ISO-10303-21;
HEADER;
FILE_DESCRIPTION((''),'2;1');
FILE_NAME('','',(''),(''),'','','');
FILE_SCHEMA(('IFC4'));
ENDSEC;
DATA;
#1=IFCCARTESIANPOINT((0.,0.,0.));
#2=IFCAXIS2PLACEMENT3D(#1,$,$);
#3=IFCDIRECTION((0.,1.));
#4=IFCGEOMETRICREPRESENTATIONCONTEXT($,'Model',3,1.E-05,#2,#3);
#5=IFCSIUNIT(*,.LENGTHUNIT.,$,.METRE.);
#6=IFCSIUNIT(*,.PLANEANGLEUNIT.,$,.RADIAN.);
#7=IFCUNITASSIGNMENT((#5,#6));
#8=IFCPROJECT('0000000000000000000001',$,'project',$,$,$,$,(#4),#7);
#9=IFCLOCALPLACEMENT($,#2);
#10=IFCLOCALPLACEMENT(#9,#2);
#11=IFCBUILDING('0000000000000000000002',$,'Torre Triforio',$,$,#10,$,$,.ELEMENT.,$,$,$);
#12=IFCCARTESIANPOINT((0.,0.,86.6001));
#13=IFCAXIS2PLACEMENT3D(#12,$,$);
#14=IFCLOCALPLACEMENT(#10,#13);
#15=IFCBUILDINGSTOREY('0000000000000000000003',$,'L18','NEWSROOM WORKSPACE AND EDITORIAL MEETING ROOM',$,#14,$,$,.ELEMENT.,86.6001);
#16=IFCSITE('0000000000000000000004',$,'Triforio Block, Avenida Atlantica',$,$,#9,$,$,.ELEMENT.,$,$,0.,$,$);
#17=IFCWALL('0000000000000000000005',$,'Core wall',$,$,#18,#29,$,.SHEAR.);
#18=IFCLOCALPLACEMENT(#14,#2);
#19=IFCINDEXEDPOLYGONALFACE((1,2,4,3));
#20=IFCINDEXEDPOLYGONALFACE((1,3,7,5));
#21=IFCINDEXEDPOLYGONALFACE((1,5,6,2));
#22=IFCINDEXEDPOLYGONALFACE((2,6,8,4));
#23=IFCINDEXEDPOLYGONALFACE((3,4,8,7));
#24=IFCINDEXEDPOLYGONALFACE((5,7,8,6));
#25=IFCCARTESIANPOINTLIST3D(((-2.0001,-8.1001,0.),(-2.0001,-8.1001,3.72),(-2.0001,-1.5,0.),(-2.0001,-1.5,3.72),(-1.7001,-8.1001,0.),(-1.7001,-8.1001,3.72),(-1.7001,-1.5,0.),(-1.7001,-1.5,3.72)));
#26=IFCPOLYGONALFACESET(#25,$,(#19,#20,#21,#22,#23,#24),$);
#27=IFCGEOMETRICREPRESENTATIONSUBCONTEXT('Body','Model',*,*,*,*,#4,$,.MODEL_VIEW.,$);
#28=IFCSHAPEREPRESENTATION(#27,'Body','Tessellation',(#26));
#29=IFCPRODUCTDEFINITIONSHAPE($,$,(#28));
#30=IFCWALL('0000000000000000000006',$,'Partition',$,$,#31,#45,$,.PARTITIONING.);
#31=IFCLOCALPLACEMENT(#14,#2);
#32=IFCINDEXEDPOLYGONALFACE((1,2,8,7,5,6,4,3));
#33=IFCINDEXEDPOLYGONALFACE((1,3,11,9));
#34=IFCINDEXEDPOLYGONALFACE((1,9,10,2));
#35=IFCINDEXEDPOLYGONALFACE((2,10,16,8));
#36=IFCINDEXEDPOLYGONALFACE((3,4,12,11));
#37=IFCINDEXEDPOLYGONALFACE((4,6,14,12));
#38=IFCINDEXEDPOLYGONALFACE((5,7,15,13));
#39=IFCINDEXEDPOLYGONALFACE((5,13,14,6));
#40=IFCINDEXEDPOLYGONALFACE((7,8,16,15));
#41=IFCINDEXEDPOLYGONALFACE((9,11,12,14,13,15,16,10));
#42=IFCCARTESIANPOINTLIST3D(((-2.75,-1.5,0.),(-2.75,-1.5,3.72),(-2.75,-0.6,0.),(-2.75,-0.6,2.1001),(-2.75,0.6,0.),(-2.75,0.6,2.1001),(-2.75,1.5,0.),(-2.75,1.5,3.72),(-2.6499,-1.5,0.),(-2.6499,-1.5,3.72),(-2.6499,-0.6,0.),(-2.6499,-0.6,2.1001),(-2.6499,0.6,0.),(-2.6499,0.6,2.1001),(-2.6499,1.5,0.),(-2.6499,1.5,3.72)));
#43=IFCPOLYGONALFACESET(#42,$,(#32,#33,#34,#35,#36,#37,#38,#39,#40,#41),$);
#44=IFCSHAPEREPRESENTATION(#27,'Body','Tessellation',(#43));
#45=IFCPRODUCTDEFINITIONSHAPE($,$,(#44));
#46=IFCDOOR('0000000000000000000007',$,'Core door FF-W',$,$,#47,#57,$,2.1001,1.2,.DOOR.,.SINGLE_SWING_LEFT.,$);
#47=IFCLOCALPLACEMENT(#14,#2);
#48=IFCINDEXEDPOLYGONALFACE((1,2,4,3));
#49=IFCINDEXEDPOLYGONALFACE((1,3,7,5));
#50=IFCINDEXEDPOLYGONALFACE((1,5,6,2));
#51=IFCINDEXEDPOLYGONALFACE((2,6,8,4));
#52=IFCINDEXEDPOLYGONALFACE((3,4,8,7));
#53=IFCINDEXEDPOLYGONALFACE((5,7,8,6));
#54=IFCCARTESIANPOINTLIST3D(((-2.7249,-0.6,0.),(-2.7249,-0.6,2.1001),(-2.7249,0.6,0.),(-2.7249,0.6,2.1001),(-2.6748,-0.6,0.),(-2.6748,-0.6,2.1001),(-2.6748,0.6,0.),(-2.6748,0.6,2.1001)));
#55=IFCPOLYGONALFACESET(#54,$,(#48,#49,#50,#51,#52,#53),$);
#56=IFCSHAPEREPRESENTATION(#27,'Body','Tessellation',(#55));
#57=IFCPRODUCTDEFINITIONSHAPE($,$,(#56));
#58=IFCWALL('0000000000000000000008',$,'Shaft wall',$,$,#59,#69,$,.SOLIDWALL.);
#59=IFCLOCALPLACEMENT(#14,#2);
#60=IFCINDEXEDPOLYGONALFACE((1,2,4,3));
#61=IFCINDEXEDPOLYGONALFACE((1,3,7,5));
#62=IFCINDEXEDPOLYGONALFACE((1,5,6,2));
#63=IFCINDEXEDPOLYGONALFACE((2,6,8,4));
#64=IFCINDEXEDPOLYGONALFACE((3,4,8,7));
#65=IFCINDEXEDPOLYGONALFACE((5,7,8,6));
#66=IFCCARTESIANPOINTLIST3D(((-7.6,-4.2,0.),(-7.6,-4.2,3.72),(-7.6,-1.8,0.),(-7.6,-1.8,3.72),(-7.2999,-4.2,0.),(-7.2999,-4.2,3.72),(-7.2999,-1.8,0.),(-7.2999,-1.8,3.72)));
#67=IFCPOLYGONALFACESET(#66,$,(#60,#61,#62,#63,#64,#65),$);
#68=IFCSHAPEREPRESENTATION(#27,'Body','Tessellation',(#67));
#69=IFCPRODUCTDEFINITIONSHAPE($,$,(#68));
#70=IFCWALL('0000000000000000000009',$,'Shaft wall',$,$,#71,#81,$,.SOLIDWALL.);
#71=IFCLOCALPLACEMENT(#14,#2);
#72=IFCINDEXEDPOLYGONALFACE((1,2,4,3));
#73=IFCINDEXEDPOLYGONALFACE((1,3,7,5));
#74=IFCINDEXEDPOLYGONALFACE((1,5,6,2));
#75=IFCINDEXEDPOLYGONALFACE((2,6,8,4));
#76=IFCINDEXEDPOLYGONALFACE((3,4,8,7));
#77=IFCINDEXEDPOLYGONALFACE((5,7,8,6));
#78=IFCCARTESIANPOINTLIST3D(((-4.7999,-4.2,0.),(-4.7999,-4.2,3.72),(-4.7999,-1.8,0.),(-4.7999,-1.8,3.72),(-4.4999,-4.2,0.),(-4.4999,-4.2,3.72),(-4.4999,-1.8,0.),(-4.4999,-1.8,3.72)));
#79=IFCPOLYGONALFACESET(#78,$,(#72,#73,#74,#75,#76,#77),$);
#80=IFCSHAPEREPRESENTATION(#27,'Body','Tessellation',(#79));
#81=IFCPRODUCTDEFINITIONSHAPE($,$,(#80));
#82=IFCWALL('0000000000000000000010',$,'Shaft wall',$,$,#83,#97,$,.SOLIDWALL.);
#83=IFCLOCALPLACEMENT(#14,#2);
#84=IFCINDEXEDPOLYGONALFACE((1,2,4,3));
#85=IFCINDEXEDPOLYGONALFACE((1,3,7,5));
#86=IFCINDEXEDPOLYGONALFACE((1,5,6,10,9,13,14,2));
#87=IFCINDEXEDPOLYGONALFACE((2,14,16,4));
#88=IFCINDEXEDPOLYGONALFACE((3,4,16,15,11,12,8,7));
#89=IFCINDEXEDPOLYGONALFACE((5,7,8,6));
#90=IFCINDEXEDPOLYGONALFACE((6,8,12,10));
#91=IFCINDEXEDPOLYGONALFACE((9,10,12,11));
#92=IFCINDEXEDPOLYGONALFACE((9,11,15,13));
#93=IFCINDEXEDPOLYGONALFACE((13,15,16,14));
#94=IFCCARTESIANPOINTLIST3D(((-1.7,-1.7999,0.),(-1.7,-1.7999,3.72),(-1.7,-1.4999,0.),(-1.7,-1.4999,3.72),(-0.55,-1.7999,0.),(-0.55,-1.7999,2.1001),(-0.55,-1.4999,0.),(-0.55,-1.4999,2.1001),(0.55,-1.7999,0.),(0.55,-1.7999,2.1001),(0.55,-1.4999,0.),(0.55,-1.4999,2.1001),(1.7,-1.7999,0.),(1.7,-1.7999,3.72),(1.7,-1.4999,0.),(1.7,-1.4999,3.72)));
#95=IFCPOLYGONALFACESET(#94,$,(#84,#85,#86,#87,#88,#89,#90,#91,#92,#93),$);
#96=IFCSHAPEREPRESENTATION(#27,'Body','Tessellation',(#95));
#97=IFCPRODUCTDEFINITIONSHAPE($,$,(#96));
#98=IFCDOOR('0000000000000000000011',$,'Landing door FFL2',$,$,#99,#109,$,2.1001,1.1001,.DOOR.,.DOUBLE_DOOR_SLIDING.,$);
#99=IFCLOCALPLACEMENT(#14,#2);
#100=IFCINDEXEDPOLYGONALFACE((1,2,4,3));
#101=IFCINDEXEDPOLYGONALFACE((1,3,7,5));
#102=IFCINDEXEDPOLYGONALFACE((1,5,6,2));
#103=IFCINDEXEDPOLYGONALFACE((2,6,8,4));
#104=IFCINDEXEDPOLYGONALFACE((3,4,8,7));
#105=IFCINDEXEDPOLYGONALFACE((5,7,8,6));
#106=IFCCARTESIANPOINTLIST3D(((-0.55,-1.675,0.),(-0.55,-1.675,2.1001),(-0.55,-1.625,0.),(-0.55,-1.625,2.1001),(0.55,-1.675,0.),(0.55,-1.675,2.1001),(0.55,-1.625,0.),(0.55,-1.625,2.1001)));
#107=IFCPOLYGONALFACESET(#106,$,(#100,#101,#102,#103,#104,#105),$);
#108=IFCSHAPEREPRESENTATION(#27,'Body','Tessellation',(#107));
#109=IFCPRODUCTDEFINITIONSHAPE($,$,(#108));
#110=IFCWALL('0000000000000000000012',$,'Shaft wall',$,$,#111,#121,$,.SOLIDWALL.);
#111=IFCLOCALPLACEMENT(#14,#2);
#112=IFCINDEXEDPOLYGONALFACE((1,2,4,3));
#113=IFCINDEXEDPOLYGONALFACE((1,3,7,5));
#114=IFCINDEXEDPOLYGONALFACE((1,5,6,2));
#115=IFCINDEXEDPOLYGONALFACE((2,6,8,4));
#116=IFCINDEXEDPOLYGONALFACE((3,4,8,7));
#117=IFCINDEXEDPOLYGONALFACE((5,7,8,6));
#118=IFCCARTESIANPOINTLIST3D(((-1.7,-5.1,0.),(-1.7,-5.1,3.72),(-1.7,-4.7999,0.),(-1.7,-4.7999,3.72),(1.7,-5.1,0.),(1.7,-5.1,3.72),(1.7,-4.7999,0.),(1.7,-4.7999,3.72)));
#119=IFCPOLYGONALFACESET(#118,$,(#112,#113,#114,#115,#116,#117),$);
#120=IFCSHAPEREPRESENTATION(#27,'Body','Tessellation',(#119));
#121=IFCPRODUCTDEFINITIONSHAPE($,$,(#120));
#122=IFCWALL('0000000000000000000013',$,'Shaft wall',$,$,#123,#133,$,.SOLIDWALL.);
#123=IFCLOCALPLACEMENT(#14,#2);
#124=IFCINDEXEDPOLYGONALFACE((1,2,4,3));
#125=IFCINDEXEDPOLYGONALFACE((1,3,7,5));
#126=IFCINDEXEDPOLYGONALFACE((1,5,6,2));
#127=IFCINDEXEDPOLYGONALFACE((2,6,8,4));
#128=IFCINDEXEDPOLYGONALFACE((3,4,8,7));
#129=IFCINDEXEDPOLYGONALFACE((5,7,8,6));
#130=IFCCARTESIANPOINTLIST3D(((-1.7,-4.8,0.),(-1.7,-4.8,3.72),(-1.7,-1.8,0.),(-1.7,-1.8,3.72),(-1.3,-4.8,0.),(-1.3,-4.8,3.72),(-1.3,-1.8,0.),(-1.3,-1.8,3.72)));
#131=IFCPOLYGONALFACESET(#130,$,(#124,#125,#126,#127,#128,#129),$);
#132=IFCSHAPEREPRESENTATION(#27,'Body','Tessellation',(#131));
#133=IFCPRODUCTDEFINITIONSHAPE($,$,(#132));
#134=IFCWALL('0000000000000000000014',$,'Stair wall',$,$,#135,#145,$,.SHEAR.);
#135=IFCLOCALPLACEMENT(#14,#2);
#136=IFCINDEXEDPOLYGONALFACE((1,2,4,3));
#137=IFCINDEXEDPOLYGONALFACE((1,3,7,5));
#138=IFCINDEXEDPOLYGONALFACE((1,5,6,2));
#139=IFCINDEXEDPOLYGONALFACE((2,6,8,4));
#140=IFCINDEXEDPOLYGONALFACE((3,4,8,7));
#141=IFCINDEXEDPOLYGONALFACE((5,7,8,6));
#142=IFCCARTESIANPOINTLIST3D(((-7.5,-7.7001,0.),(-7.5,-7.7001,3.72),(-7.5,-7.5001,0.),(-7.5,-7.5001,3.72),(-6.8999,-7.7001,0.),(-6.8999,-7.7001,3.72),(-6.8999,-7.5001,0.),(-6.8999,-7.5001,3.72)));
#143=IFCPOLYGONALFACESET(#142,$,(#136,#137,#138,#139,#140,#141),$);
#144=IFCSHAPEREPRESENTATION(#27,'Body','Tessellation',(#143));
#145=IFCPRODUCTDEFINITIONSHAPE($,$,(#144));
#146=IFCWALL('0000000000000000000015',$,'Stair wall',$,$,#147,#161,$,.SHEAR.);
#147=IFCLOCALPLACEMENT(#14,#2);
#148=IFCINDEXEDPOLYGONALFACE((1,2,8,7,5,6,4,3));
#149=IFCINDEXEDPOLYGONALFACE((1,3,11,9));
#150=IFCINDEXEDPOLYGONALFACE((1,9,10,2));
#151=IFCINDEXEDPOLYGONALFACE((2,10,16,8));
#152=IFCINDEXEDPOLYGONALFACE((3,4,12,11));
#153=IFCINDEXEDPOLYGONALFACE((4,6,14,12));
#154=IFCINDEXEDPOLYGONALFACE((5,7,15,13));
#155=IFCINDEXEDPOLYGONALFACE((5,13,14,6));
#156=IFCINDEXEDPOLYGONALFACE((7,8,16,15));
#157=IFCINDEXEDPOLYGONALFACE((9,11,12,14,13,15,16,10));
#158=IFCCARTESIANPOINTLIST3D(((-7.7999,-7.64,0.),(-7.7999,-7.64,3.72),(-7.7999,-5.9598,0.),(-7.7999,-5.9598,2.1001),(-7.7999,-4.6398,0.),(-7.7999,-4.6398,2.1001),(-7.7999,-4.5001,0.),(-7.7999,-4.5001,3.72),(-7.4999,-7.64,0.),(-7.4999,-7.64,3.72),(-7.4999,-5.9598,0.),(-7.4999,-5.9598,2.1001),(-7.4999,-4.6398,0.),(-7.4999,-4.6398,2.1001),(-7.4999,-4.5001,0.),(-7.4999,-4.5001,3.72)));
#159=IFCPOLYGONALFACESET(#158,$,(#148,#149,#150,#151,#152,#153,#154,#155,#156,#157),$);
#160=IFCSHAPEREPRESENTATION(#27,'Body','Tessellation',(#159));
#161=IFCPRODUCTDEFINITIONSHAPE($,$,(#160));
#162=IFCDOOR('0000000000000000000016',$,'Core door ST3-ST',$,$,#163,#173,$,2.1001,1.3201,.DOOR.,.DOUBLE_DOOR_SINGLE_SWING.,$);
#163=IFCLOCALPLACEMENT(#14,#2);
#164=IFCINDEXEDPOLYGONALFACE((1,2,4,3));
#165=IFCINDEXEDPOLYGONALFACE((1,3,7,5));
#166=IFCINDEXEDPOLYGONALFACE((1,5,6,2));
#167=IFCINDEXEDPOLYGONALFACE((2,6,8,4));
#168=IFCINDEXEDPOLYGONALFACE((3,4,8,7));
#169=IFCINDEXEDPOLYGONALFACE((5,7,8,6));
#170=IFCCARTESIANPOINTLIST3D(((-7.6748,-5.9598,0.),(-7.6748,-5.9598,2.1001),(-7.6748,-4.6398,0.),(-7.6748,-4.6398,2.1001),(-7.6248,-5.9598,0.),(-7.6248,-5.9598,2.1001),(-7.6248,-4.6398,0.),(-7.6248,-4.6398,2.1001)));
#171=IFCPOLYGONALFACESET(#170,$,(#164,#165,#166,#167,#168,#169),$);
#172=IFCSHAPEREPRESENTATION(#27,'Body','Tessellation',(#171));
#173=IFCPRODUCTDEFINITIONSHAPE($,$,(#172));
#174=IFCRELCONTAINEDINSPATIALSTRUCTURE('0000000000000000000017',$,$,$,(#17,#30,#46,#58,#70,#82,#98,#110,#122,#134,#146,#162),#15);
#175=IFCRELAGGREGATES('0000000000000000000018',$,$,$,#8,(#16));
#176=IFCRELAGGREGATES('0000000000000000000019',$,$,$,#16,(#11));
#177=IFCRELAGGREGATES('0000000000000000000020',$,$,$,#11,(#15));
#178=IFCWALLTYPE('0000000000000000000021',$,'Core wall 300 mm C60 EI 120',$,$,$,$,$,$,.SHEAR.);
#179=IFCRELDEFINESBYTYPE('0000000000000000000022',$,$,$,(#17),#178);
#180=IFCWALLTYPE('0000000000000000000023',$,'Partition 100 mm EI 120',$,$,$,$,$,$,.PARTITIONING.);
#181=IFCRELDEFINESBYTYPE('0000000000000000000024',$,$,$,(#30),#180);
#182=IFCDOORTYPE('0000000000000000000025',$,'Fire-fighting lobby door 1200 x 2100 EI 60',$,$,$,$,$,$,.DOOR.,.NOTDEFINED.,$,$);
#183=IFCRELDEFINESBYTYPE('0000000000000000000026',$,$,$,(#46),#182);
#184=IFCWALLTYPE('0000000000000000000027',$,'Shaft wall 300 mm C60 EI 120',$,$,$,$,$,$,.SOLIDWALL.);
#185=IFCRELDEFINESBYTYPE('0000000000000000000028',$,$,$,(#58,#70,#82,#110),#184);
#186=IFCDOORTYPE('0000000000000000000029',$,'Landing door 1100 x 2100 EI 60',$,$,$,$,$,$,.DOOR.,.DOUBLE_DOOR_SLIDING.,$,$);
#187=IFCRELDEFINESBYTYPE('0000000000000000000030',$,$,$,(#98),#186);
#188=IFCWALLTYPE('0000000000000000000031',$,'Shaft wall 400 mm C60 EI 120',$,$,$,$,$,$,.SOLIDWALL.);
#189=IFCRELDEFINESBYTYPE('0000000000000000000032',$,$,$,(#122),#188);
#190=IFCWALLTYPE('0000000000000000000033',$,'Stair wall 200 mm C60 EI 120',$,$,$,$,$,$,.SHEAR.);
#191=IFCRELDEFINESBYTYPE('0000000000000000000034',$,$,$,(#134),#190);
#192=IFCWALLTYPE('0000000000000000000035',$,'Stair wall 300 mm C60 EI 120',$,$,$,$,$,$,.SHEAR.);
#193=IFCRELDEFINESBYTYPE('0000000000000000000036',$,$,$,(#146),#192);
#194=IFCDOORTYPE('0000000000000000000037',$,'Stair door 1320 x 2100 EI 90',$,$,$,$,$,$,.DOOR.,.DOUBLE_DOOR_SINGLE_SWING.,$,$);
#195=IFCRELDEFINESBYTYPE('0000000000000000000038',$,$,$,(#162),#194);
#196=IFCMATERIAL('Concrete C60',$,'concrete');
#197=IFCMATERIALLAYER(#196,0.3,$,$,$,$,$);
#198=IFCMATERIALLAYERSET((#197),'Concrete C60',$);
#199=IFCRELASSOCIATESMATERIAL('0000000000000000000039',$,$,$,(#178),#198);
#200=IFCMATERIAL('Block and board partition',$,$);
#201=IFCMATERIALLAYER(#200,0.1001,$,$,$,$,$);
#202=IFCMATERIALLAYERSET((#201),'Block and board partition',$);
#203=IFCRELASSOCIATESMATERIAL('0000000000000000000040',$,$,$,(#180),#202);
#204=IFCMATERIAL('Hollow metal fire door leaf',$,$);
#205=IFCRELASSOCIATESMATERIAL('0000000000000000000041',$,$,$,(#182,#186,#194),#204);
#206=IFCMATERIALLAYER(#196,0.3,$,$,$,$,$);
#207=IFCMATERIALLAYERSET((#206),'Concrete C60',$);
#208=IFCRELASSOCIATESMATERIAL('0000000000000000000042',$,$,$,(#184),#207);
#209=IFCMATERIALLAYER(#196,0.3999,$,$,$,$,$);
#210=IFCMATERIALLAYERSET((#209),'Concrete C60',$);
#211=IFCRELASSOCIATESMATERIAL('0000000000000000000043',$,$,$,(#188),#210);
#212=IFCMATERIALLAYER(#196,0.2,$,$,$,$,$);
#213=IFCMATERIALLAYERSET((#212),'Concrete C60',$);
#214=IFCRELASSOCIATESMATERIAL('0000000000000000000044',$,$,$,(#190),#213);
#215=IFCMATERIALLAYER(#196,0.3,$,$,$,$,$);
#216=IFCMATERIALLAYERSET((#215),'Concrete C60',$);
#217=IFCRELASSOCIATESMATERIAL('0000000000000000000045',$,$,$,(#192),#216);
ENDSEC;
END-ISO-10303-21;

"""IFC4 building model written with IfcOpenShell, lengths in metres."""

from ifc_helpers import new_model, si_unit, direction, frame, frame_2d, origin, place, context, subcontext, project, spatial, rectangle, extrude, material, layer, layer_set, type_object, element, fill, save


model = new_model("IFC4")

# Units and contexts
model_context = context("Model", 3, precision=1e-05, world=origin(), true_north=direction((0.0, 1.0)))
body_context = subcontext(model_context, "Body", "Model", "MODEL_VIEW")
ifc_project = project(units=[si_unit("LENGTHUNIT", "METRE"), si_unit("PLANEANGLEUNIT", "RADIAN")], contexts=[model_context])

# Site, building, storey
site_placement = place(None, origin())
site = spatial("IfcSite", under=ifc_project, at=site_placement, Name="Triforio Block, Avenida Atlantica", CompositionType="ELEMENT", RefElevation=0.0)
building_placement = place(site_placement, origin())
building = spatial("IfcBuilding", under=site, at=building_placement, Name="Torre Triforio", CompositionType="ELEMENT")
storey_placement = place(building_placement, frame((0.0, 0.0, 86.6001)))
storey = spatial("IfcBuildingStorey", under=building, at=storey_placement, Name="L18", Description="NEWSROOM WORKSPACE AND EDITORIAL MEETING ROOM", CompositionType="ELEMENT", Elevation=86.6001)

# Wall
ifc_material_1 = material(Name="Concrete C60", Category="concrete")
ifc_layer_1 = layer(ifc_material_1, 0.3)
ifc_layer_set_1 = layer_set([ifc_layer_1], Name="Concrete C60")
wall_type_1 = type_object("IfcWallType", Name="Core wall 300 mm C60 EI 120", PredefinedType="SHEAR", material=ifc_layer_set_1)
wall_1_placement = place(storey_placement, frame((-1.8501, -8.1001, 0.0), z_axis=(0.0, 0.0, 1.0), x_axis=(0.0, 1.0, 0.0)))
element("IfcWall", 1, at=wall_1_placement, inside=storey, type_object=wall_type_1, Name="Core wall", PredefinedType="SHEAR", context=body_context, shape_type="SweptSolid", body=[
    extrude(rectangle(XDim=6.6001, YDim=0.3, at=frame_2d((3.3, 0.0))), origin(), (0.0, 0.0, 1.0), 3.72),
])

# Wall, opening, door
ifc_material_2 = material(Name="Block and board partition")
ifc_layer_2 = layer(ifc_material_2, 0.1001)
ifc_layer_set_2 = layer_set([ifc_layer_2], Name="Block and board partition")
wall_type_2 = type_object("IfcWallType", Name="Partition 100 mm EI 120", PredefinedType="PARTITIONING", material=ifc_layer_set_2)
wall_2_placement = place(storey_placement, frame((-2.7, -1.5, 0.0), z_axis=(0.0, 0.0, 1.0), x_axis=(0.0, 1.0, 0.0)))
wall_2 = element("IfcWall", 2, at=wall_2_placement, inside=storey, type_object=wall_type_2, Name="Partition", PredefinedType="PARTITIONING", context=body_context, shape_type="SweptSolid", body=[
    extrude(rectangle(XDim=3.0, YDim=0.1001, at=frame_2d((1.5, 0.0))), origin(), (0.0, 0.0, 1.0), 3.72),
])
opening_1_placement = place(wall_2_placement, frame((0.8999, 0.0, 0.0)))
opening_1 = element("IfcOpeningElement", 3, at=opening_1_placement, cuts=wall_2, PredefinedType="OPENING", context=body_context, shape_type="SweptSolid", body=[
    extrude(rectangle(XDim=1.2, YDim=2.1001, at=frame_2d((0.6001, 1.05))), frame((0.0, 0.0601, 0.0), z_axis=(0.0, -1.0, 0.0), x_axis=(1.0, 0.0, 0.0)), (0.0, 0.0, 1.0), 0.1201),
])
ifc_material_3 = material(Name="Hollow metal fire door leaf")
door_type_1 = type_object("IfcDoorType", Name="Fire-fighting lobby door 1200 x 2100 EI 60", OperationType="NOTDEFINED", PredefinedType="DOOR", material=ifc_material_3)
door_1_placement = place(opening_1_placement, origin())
door_1 = element("IfcDoor", 4, at=door_1_placement, inside=storey, type_object=door_type_1, Name="Core door FF-W", OperationType="SINGLE_SWING_LEFT", OverallHeight=2.1001, OverallWidth=1.2, PredefinedType="DOOR", context=body_context, shape_type="SweptSolid", body=[
    extrude(rectangle(XDim=1.2, YDim=2.1001, at=frame_2d((0.6001, 1.05))), frame((0.0, 0.0249, 0.0), z_axis=(0.0, -1.0, 0.0), x_axis=(1.0, 0.0, 0.0)), (0.0, 0.0, 1.0), 0.05),
])
fill(opening_1, door_1)

# Walls
ifc_layer_3 = layer(ifc_material_1, 0.3)
ifc_layer_set_3 = layer_set([ifc_layer_3], Name="Concrete C60")
wall_type_3 = type_object("IfcWallType", Name="Shaft wall 300 mm C60 EI 120", PredefinedType="SOLIDWALL", material=ifc_layer_set_3)
for number, where, z_axis, x_axis, name in (
    (5, (-7.45, -4.2, 0.0), (0.0, 0.0, 1.0), (0.0, 1.0, 0.0), "Shaft wall"),
    (6, (-4.6499, -4.2, 0.0), (0.0, 0.0, 1.0), (0.0, 1.0, 0.0), "Shaft wall"),
):
    element("IfcWall", number, at=place(storey_placement, frame(where, z_axis=z_axis, x_axis=x_axis)), inside=storey, type_object=wall_type_3, Name=name, PredefinedType="SOLIDWALL", context=body_context, shape_type="SweptSolid", body=[
        extrude(rectangle(XDim=2.3999, YDim=0.3, at=frame_2d((1.2, 0.0))), origin(), (0.0, 0.0, 1.0), 3.72),
    ])

# Wall, opening, door
wall_3_placement = place(storey_placement, frame((-1.7, -1.6499, 0.0), z_axis=(0.0, 0.0, 1.0), x_axis=(1.0, 0.0, 0.0)))
wall_3 = element("IfcWall", 7, at=wall_3_placement, inside=storey, type_object=wall_type_3, Name="Shaft wall", PredefinedType="SOLIDWALL", context=body_context, shape_type="SweptSolid", body=[
    extrude(rectangle(XDim=3.3999, YDim=0.3, at=frame_2d((1.7, 0.0))), origin(), (0.0, 0.0, 1.0), 3.72),
])
opening_2_placement = place(wall_3_placement, frame((1.1499, 0.0, 0.0)))
opening_2 = element("IfcOpeningElement", 8, at=opening_2_placement, cuts=wall_3, PredefinedType="OPENING", context=body_context, shape_type="SweptSolid", body=[
    extrude(rectangle(XDim=1.1001, YDim=2.1001, at=frame_2d((0.55, 1.05))), frame((0.0, 0.1599, 0.0), z_axis=(0.0, -1.0, 0.0), x_axis=(1.0, 0.0, 0.0)), (0.0, 0.0, 1.0), 0.3201),
])
door_type_2 = type_object("IfcDoorType", Name="Landing door 1100 x 2100 EI 60", OperationType="DOUBLE_DOOR_SLIDING", PredefinedType="DOOR", material=ifc_material_3)
door_2_placement = place(opening_2_placement, origin())
door_2 = element("IfcDoor", 9, at=door_2_placement, inside=storey, type_object=door_type_2, Name="Landing door FFL2", OperationType="DOUBLE_DOOR_SLIDING", OverallHeight=2.1001, OverallWidth=1.1001, PredefinedType="DOOR", context=body_context, shape_type="SweptSolid", body=[
    extrude(rectangle(XDim=1.1001, YDim=2.1001, at=frame_2d((0.55, 1.05))), frame((0.0, 0.0249, 0.0), z_axis=(0.0, -1.0, 0.0), x_axis=(1.0, 0.0, 0.0)), (0.0, 0.0, 1.0), 0.05),
])
fill(opening_2, door_2)

# Walls
wall_4_placement = place(storey_placement, frame((-1.7, -4.95, 0.0), z_axis=(0.0, 0.0, 1.0), x_axis=(1.0, 0.0, 0.0)))
element("IfcWall", 10, at=wall_4_placement, inside=storey, type_object=wall_type_3, Name="Shaft wall", PredefinedType="SOLIDWALL", context=body_context, shape_type="SweptSolid", body=[
    extrude(rectangle(XDim=3.3999, YDim=0.3, at=frame_2d((1.7, 0.0))), origin(), (0.0, 0.0, 1.0), 3.72),
])
ifc_layer_4 = layer(ifc_material_1, 0.3999)
ifc_layer_set_4 = layer_set([ifc_layer_4], Name="Concrete C60")
wall_type_4 = type_object("IfcWallType", Name="Shaft wall 400 mm C60 EI 120", PredefinedType="SOLIDWALL", material=ifc_layer_set_4)
wall_5_placement = place(storey_placement, frame((-1.5, -4.8, 0.0), z_axis=(0.0, 0.0, 1.0), x_axis=(0.0, 1.0, 0.0)))
element("IfcWall", 11, at=wall_5_placement, inside=storey, type_object=wall_type_4, Name="Shaft wall", PredefinedType="SOLIDWALL", context=body_context, shape_type="SweptSolid", body=[
    extrude(rectangle(XDim=3.0, YDim=0.3999, at=frame_2d((1.5, 0.0))), origin(), (0.0, 0.0, 1.0), 3.72),
])
ifc_layer_5 = layer(ifc_material_1, 0.2)
ifc_layer_set_5 = layer_set([ifc_layer_5], Name="Concrete C60")
wall_type_5 = type_object("IfcWallType", Name="Stair wall 200 mm C60 EI 120", PredefinedType="SHEAR", material=ifc_layer_set_5)
wall_6_placement = place(storey_placement, frame((-7.5, -7.6001, 0.0), z_axis=(0.0, 0.0, 1.0), x_axis=(1.0, 0.0, 0.0)))
element("IfcWall", 12, at=wall_6_placement, inside=storey, type_object=wall_type_5, Name="Stair wall", PredefinedType="SHEAR", context=body_context, shape_type="SweptSolid", body=[
    extrude(rectangle(XDim=0.6001, YDim=0.2, at=frame_2d((0.3, 0.0))), origin(), (0.0, 0.0, 1.0), 3.72),
])

# Wall, opening, door
ifc_layer_6 = layer(ifc_material_1, 0.3)
ifc_layer_set_6 = layer_set([ifc_layer_6], Name="Concrete C60")
wall_type_6 = type_object("IfcWallType", Name="Stair wall 300 mm C60 EI 120", PredefinedType="SHEAR", material=ifc_layer_set_6)
wall_7_placement = place(storey_placement, frame((-7.6499, -7.6399, 0.0), z_axis=(0.0, 0.0, 1.0), x_axis=(0.0, 1.0, 0.0)))
wall_7 = element("IfcWall", 13, at=wall_7_placement, inside=storey, type_object=wall_type_6, Name="Stair wall", PredefinedType="SHEAR", context=body_context, shape_type="SweptSolid", body=[
    extrude(rectangle(XDim=3.1399, YDim=0.3, at=frame_2d((1.5698, 0.0))), origin(), (0.0, 0.0, 1.0), 3.72),
])
opening_3_placement = place(wall_7_placement, frame((1.6799, 0.0, 0.0)))
opening_3 = element("IfcOpeningElement", 14, at=opening_3_placement, cuts=wall_7, PredefinedType="OPENING", context=body_context, shape_type="SweptSolid", body=[
    extrude(rectangle(XDim=1.3201, YDim=2.1001, at=frame_2d((0.6602, 1.05))), frame((0.0, 0.1599, 0.0), z_axis=(0.0, -1.0, 0.0), x_axis=(1.0, 0.0, 0.0)), (0.0, 0.0, 1.0), 0.3201),
])
door_type_3 = type_object("IfcDoorType", Name="Stair door 1320 x 2100 EI 90", OperationType="DOUBLE_DOOR_SINGLE_SWING", PredefinedType="DOOR", material=ifc_material_3)
door_3_placement = place(opening_3_placement, origin())
door_3 = element("IfcDoor", 15, at=door_3_placement, inside=storey, type_object=door_type_3, Name="Core door ST3-ST", OperationType="DOUBLE_DOOR_SINGLE_SWING", OverallHeight=2.1001, OverallWidth=1.3201, PredefinedType="DOOR", context=body_context, shape_type="SweptSolid", body=[
    extrude(rectangle(XDim=1.3201, YDim=2.1001, at=frame_2d((0.6602, 1.05))), frame((0.0, 0.0249, 0.0), z_axis=(0.0, -1.0, 0.0), x_axis=(1.0, 0.0, 0.0)), (0.0, 0.0, 1.0), 0.05),
])
fill(opening_3, door_3)

save(model, "model.ifc")
